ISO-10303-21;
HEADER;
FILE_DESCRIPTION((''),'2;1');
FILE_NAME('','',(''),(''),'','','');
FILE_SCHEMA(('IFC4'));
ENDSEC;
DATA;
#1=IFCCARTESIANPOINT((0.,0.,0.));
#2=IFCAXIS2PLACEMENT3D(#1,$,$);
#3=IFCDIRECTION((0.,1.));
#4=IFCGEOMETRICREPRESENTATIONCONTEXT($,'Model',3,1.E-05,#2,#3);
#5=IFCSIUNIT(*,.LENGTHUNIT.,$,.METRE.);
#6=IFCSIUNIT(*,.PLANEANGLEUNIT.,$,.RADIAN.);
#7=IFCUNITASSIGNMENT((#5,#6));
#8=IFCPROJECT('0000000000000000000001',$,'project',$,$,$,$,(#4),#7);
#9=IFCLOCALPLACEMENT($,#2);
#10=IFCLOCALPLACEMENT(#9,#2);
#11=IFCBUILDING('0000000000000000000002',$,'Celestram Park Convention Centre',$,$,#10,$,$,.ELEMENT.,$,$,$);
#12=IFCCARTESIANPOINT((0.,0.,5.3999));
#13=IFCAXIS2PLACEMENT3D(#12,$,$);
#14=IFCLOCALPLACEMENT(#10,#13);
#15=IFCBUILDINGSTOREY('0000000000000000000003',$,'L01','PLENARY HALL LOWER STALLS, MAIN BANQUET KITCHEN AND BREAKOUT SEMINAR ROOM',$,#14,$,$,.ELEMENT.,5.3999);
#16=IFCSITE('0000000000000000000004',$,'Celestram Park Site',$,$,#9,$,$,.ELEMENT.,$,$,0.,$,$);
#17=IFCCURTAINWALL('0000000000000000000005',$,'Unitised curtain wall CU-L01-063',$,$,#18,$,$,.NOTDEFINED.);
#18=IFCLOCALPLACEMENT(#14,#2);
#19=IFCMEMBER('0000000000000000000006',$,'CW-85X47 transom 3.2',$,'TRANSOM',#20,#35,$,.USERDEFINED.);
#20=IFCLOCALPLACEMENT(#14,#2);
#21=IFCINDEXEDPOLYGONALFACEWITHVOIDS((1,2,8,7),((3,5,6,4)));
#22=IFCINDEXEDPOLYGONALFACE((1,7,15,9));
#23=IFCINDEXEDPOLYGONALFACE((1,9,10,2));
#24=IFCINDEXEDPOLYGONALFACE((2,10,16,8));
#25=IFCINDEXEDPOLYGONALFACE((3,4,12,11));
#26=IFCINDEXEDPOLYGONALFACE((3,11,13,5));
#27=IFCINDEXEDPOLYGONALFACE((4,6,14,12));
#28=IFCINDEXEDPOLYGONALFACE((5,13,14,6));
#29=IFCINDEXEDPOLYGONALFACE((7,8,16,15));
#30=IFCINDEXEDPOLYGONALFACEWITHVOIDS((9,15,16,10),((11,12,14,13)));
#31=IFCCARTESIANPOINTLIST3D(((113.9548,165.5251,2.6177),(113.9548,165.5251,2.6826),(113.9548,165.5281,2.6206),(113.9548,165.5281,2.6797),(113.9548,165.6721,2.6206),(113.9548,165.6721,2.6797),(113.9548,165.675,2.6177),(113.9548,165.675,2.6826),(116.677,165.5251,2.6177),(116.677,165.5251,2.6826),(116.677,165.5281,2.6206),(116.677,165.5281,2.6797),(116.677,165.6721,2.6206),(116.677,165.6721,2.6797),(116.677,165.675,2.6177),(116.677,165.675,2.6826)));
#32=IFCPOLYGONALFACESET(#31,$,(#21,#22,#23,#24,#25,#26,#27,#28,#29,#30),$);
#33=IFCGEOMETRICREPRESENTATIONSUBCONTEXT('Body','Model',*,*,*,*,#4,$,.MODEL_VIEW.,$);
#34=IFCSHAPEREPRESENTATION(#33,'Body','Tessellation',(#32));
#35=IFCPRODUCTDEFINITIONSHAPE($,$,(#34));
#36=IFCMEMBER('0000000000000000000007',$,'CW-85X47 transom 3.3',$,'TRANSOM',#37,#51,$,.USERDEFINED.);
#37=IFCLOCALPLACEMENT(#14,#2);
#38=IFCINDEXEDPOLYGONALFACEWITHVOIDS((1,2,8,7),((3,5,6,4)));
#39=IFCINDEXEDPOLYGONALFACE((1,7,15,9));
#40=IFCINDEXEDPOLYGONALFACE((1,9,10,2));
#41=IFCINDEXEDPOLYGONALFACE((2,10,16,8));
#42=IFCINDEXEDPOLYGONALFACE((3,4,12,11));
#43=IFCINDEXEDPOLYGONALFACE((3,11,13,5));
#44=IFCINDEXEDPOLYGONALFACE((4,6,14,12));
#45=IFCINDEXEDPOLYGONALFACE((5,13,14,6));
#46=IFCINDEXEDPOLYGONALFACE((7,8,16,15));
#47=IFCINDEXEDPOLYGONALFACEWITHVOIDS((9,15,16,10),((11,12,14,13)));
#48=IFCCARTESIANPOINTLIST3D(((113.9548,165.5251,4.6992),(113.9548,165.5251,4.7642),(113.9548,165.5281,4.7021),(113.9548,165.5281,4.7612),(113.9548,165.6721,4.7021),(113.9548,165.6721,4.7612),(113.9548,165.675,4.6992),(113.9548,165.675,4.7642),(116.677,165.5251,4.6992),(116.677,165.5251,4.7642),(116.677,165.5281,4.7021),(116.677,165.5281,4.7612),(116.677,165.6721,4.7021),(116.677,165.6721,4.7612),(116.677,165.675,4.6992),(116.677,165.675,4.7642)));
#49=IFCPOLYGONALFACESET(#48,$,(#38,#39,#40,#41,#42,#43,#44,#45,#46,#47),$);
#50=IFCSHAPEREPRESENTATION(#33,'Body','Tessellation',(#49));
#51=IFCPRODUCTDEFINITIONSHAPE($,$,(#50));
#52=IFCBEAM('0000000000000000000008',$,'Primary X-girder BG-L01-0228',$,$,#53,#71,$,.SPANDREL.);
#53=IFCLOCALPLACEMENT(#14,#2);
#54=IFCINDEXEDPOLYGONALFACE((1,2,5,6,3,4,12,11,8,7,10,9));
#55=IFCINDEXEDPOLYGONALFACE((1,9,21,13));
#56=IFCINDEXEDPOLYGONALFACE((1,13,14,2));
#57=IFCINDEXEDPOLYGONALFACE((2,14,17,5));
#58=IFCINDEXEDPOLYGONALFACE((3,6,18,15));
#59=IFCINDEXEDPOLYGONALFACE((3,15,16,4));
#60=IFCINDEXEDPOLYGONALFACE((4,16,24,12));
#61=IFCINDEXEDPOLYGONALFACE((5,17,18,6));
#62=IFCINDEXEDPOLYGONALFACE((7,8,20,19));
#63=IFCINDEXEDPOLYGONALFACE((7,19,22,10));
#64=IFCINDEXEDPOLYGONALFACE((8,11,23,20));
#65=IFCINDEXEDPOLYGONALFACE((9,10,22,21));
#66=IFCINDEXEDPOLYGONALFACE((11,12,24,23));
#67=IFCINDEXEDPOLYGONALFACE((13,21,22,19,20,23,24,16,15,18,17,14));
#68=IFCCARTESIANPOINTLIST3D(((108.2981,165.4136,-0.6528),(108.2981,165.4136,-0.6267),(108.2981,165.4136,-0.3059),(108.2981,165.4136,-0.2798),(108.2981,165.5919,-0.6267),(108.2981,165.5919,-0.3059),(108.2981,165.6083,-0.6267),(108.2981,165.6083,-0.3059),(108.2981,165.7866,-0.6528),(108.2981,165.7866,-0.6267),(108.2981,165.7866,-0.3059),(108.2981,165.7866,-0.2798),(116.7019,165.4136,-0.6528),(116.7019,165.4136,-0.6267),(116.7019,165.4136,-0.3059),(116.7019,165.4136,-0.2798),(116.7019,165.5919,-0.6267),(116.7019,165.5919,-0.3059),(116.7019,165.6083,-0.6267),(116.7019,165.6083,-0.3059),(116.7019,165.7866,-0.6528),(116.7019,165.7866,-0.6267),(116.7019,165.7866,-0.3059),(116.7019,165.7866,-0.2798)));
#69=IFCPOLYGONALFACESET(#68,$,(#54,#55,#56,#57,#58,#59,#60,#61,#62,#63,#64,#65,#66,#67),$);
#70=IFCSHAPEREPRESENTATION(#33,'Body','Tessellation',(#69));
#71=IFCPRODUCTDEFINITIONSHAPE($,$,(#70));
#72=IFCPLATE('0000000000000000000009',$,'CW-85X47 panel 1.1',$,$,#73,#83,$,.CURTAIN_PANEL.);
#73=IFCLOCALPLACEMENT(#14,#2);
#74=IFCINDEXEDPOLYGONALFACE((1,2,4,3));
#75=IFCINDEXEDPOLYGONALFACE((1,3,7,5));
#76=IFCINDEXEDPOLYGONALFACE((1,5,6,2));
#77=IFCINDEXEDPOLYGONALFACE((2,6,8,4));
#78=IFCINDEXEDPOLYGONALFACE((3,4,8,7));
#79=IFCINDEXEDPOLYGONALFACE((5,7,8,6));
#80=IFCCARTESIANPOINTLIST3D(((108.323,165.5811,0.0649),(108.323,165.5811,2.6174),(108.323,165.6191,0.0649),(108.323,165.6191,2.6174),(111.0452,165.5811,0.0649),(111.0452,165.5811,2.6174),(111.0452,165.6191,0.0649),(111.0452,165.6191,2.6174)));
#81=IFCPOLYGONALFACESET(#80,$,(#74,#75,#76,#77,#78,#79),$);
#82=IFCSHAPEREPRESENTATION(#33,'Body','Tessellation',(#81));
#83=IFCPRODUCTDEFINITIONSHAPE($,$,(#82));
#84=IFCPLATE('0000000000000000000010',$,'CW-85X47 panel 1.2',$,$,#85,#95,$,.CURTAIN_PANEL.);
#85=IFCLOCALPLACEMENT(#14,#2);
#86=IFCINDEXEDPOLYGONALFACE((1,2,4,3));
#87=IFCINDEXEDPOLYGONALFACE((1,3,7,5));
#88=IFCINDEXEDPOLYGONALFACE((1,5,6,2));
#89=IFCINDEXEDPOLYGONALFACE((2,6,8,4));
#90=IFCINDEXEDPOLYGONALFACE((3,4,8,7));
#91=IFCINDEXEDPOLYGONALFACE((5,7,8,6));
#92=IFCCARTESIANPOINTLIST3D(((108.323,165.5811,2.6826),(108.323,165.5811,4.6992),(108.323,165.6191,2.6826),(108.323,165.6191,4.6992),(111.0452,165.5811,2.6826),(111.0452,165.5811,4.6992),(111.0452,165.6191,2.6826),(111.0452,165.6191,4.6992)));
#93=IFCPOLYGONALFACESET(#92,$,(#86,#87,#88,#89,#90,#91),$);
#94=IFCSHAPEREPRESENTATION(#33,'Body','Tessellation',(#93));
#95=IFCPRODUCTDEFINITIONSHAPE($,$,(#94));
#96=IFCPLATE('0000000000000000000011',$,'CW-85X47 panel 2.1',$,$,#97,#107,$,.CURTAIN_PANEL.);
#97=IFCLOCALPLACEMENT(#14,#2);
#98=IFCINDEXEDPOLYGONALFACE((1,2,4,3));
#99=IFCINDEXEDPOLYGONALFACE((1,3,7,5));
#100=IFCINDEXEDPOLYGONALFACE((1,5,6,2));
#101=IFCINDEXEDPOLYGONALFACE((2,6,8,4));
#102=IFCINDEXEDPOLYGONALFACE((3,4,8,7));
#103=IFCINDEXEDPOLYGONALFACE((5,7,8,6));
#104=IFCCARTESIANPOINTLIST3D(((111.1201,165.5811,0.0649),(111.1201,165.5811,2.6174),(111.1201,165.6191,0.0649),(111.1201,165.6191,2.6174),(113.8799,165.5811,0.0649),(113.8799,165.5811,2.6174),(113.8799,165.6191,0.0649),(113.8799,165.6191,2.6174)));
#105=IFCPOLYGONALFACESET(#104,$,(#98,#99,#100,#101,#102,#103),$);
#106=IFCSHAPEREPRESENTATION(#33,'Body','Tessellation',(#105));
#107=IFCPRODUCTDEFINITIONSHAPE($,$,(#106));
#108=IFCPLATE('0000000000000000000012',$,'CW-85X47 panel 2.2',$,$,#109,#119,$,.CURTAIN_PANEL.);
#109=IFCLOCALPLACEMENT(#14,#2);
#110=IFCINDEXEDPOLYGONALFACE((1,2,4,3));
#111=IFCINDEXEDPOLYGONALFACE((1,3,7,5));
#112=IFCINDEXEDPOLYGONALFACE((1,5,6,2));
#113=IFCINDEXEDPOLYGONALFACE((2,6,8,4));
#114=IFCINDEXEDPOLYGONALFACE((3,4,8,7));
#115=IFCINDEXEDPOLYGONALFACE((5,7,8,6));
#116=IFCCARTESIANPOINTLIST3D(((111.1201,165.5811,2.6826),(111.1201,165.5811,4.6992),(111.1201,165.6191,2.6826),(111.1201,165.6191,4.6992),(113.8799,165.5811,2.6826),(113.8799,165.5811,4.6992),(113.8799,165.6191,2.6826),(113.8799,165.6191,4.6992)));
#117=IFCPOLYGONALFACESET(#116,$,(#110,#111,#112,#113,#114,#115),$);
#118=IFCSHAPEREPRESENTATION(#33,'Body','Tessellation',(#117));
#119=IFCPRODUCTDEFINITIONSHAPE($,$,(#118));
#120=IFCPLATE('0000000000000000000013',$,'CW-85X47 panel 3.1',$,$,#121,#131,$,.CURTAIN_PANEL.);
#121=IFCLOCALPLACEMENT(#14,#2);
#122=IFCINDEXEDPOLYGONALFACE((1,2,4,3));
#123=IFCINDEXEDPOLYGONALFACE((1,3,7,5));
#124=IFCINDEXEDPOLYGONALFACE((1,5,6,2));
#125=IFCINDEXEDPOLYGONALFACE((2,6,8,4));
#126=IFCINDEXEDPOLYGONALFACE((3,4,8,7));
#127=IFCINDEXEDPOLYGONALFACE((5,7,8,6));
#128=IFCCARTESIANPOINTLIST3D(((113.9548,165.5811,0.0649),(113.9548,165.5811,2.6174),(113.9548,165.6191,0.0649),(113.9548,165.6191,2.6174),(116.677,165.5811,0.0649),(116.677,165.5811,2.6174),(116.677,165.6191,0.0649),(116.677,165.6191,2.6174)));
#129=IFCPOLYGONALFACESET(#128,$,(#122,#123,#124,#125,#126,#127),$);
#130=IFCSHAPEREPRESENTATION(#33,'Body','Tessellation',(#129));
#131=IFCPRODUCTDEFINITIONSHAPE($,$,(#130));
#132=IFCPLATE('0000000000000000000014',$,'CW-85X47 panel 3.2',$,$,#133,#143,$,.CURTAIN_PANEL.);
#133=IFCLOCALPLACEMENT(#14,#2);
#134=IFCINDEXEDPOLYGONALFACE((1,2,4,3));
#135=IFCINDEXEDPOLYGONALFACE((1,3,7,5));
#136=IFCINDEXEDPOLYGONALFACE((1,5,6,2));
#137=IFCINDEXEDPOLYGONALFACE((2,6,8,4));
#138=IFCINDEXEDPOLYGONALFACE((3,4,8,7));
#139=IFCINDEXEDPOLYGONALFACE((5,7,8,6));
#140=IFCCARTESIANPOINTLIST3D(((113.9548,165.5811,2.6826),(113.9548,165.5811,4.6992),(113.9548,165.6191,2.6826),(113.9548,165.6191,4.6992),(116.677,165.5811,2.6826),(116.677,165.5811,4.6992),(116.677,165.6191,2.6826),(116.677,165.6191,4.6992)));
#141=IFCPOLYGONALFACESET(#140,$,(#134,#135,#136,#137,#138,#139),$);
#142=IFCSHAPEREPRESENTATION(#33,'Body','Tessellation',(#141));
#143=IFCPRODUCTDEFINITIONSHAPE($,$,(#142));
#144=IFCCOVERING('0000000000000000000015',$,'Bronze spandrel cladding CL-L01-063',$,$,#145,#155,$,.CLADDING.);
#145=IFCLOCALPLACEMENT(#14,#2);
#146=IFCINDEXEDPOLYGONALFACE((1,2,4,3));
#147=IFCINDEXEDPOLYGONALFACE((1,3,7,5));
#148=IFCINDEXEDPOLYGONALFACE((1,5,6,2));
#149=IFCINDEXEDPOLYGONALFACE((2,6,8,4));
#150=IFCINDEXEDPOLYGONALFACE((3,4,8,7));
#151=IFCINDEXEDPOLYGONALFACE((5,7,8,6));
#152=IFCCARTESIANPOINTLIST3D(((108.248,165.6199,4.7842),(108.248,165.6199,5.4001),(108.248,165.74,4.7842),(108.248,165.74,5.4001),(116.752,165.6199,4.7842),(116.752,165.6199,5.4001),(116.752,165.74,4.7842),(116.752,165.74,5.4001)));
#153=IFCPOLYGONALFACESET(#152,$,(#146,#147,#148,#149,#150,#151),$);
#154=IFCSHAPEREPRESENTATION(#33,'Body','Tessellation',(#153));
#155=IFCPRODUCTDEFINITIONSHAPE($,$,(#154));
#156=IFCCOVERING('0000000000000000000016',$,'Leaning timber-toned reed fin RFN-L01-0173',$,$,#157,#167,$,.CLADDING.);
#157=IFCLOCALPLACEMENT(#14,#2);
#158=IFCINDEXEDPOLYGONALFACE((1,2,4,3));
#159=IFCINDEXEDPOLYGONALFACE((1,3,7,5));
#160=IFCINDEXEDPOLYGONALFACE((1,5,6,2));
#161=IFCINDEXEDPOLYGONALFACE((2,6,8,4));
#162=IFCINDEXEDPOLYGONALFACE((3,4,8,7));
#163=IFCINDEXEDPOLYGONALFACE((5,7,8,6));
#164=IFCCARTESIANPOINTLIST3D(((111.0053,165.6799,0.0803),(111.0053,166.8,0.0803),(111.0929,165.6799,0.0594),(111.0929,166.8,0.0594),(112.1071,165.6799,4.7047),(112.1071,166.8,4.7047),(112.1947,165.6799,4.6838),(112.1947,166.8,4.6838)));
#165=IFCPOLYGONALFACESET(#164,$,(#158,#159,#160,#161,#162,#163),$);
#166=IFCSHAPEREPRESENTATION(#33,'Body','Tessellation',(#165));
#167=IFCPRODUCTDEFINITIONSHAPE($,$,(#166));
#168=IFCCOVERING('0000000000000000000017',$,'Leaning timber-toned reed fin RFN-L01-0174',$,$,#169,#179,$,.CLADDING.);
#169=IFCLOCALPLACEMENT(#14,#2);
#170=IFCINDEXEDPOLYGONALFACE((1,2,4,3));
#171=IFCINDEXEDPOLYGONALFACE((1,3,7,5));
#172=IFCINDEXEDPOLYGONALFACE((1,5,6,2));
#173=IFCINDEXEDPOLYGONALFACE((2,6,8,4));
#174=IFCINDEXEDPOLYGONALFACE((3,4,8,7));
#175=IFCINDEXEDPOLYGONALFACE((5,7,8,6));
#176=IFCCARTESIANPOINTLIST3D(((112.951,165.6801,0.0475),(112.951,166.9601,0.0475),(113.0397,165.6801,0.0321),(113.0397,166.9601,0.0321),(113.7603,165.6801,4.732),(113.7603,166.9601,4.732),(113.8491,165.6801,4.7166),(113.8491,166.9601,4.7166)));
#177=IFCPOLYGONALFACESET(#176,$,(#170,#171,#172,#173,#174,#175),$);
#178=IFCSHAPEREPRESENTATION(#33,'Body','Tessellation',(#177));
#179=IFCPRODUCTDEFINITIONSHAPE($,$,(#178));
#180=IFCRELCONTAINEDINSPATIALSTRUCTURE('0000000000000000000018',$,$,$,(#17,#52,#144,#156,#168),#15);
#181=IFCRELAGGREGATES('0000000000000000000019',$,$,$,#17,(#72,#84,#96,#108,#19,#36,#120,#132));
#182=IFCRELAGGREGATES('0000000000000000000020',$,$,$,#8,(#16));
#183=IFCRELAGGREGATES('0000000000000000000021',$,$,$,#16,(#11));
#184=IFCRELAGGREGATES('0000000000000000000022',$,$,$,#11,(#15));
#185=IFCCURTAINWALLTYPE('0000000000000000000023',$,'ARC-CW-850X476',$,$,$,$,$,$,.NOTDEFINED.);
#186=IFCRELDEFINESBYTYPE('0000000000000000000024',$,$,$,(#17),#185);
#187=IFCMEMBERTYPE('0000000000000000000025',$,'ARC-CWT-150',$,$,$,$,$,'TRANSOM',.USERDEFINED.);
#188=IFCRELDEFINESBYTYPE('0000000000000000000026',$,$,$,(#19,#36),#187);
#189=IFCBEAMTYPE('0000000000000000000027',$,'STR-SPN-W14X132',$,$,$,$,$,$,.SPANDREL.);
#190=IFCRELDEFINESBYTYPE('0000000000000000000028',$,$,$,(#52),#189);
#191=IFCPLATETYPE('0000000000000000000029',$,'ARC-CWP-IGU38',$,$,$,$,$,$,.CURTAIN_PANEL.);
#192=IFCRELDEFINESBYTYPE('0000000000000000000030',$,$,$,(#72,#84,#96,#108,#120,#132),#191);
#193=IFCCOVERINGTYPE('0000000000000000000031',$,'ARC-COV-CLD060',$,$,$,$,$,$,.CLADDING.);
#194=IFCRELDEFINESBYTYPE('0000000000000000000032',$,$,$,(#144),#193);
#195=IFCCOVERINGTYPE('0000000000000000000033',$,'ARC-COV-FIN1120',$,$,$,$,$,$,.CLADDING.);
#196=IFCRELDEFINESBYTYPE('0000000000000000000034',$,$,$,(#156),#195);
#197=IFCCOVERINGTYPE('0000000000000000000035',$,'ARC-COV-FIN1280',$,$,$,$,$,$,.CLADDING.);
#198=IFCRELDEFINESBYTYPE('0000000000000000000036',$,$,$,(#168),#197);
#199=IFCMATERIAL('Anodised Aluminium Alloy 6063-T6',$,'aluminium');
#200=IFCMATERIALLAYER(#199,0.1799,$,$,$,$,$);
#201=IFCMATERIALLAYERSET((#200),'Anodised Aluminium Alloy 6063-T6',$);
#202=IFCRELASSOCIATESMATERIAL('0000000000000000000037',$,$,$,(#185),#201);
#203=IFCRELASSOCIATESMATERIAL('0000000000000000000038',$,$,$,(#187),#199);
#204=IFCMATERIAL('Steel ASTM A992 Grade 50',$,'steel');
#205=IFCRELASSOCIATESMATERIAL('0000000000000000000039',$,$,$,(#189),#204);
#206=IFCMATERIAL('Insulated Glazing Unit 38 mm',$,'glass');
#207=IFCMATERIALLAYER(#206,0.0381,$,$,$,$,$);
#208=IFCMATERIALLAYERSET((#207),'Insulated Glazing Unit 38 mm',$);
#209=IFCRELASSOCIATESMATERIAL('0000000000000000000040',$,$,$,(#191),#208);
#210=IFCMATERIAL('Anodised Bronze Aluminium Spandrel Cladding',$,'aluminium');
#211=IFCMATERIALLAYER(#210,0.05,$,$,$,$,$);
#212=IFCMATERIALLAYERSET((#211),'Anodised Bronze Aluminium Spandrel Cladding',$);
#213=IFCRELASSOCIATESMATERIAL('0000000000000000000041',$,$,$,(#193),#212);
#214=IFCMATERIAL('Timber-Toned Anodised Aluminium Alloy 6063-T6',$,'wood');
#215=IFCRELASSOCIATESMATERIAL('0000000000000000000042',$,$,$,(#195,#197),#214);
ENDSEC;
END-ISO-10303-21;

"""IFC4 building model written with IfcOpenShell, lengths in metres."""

from ifc_helpers import new_model, si_unit, direction, frame, origin, origin_2d, place, context, subcontext, project, spatial, rectangle, hollow_rectangle, i_section, extrude, material, layer, layer_set, material_profile, profile_set, type_object, element, aggregate, save


model = new_model("IFC4")

# Units and contexts
model_context = context("Model", 3, precision=1e-05, world=origin(), true_north=direction((0.0, 1.0)))
body_context = subcontext(model_context, "Body", "Model", "MODEL_VIEW")
ifc_project = project(units=[si_unit("LENGTHUNIT", "METRE"), si_unit("PLANEANGLEUNIT", "RADIAN")], contexts=[model_context])

# Site, building, storey
site_placement = place(None, origin())
site = spatial("IfcSite", under=ifc_project, at=site_placement, Name="Celestram Park Site", CompositionType="ELEMENT", RefElevation=0.0)
building_placement = place(site_placement, origin())
building = spatial("IfcBuilding", under=site, at=building_placement, Name="Celestram Park Convention Centre", CompositionType="ELEMENT")
storey_placement = place(building_placement, frame((0.0, 0.0, 5.3999)))
storey = spatial("IfcBuildingStorey", under=building, at=storey_placement, Name="L01", Description="PLENARY HALL LOWER STALLS, MAIN BANQUET KITCHEN AND BREAKOUT SEMINAR ROOM", CompositionType="ELEMENT", Elevation=5.3999)

# Curtain wall, members
ifc_material_1 = material(Name="Anodised Aluminium Alloy 6063-T6", Category="aluminium")
ifc_layer_1 = layer(ifc_material_1, 0.1799)
ifc_layer_set_1 = layer_set([ifc_layer_1], Name="Anodised Aluminium Alloy 6063-T6")
curtain_wall_type = type_object("IfcCurtainWallType", Name="ARC-CW-850X476", PredefinedType="NOTDEFINED", material=ifc_layer_set_1)
curtain_wall_placement = place(storey_placement, origin())
curtain_wall = element("IfcCurtainWall", 1, at=curtain_wall_placement, inside=storey, type_object=curtain_wall_type, Name="Unitised curtain wall CU-L01-063", PredefinedType="NOTDEFINED")
ifc_material_profile_1 = material_profile(ifc_material_1, hollow_rectangle(XDim=0.1499, YDim=0.0649, WallThickness=0.0029, at=origin_2d()), Name="ALU150X65X3")
ifc_profile_set_1 = profile_set([ifc_material_profile_1], Name="Anodised Aluminium Alloy 6063-T6")
member_type_1 = type_object("IfcMemberType", Name="ARC-CWT-150", ElementType="TRANSOM", PredefinedType="USERDEFINED", material=ifc_profile_set_1)
member_1_placement = place(storey_placement, frame((113.9548, 165.6001, 2.6501), z_axis=(1.0, 0.0, 0.0), x_axis=(0.0, 1.0, 0.0)))
member_1 = element("IfcMember", 2, at=member_1_placement, type_object=member_type_1, Name="CW-85X47 transom 3.2", ObjectType="TRANSOM", PredefinedType="USERDEFINED", context=body_context, shape_type="SweptSolid", body=[
    extrude(hollow_rectangle(XDim=0.1499, YDim=0.0649, WallThickness=0.0029, at=origin_2d()), origin(), (0.0, 0.0, 1.0), 2.7222),
])
member_2_placement = place(storey_placement, frame((113.9548, 165.6001, 4.7317), z_axis=(1.0, 0.0, 0.0), x_axis=(0.0, 1.0, 0.0)))
member_2 = element("IfcMember", 3, at=member_2_placement, type_object=member_type_1, Name="CW-85X47 transom 3.3", ObjectType="TRANSOM", PredefinedType="USERDEFINED", context=body_context, shape_type="SweptSolid", body=[
    extrude(hollow_rectangle(XDim=0.1499, YDim=0.0649, WallThickness=0.0029, at=origin_2d()), origin(), (0.0, 0.0, 1.0), 2.7222),
])

# Beam
ifc_material_2 = material(Name="Steel ASTM A992 Grade 50", Category="steel")
ifc_material_profile_2 = material_profile(ifc_material_2, i_section(OverallWidth=0.373, OverallDepth=0.373, WebThickness=0.0164, FlangeThickness=0.0261, at=origin_2d()), Name="W14X132")
ifc_profile_set_2 = profile_set([ifc_material_profile_2], Name="Steel ASTM A992 Grade 50")
beam_type = type_object("IfcBeamType", Name="STR-SPN-W14X132", PredefinedType="SPANDREL", material=ifc_profile_set_2)
beam_placement = place(storey_placement, frame((108.2981, 165.6001, -0.4663), z_axis=(1.0, 0.0, 0.0), x_axis=(0.0, 1.0, 0.0)))
element("IfcBeam", 4, at=beam_placement, inside=storey, type_object=beam_type, Name="Primary X-girder BG-L01-0228", PredefinedType="SPANDREL", context=body_context, shape_type="SweptSolid", body=[
    extrude(i_section(OverallWidth=0.373, OverallDepth=0.373, WebThickness=0.0164, FlangeThickness=0.0261, at=origin_2d()), origin(), (0.0, 0.0, 1.0), 8.4038),
])

# Plates
ifc_material_3 = material(Name="Insulated Glazing Unit 38 mm", Category="glass")
ifc_layer_2 = layer(ifc_material_3, 0.0381)
ifc_layer_set_2 = layer_set([ifc_layer_2], Name="Insulated Glazing Unit 38 mm")
plate_type = type_object("IfcPlateType", Name="ARC-CWP-IGU38", PredefinedType="CURTAIN_PANEL", material=ifc_layer_set_2)
plate_1_placement = place(storey_placement, frame((109.6841, 165.6001, 0.0649), z_axis=(0.0, 0.0, 1.0), x_axis=(1.0, 0.0, 0.0)))
plate_1 = element("IfcPlate", 5, at=plate_1_placement, type_object=plate_type, Name="CW-85X47 panel 1.1", PredefinedType="CURTAIN_PANEL", context=body_context, shape_type="SweptSolid", body=[
    extrude(rectangle(XDim=2.7222, YDim=0.0381, at=origin_2d()), origin(), (0.0, 0.0, 1.0), 2.5525),
])
plate_2_placement = place(storey_placement, frame((109.6841, 165.6001, 2.6826), z_axis=(0.0, 0.0, 1.0), x_axis=(1.0, 0.0, 0.0)))
plate_2 = element("IfcPlate", 6, at=plate_2_placement, type_object=plate_type, Name="CW-85X47 panel 1.2", PredefinedType="CURTAIN_PANEL", context=body_context, shape_type="SweptSolid", body=[
    extrude(rectangle(XDim=2.7222, YDim=0.0381, at=origin_2d()), origin(), (0.0, 0.0, 1.0), 2.0166),
])
plate_3_placement = place(storey_placement, frame((112.5, 165.6001, 0.0649), z_axis=(0.0, 0.0, 1.0), x_axis=(1.0, 0.0, 0.0)))
plate_3 = element("IfcPlate", 7, at=plate_3_placement, type_object=plate_type, Name="CW-85X47 panel 2.1", PredefinedType="CURTAIN_PANEL", context=body_context, shape_type="SweptSolid", body=[
    extrude(rectangle(XDim=2.7598, YDim=0.0381, at=origin_2d()), origin(), (0.0, 0.0, 1.0), 2.5525),
])
plate_4_placement = place(storey_placement, frame((112.5, 165.6001, 2.6826), z_axis=(0.0, 0.0, 1.0), x_axis=(1.0, 0.0, 0.0)))
plate_4 = element("IfcPlate", 8, at=plate_4_placement, type_object=plate_type, Name="CW-85X47 panel 2.2", PredefinedType="CURTAIN_PANEL", context=body_context, shape_type="SweptSolid", body=[
    extrude(rectangle(XDim=2.7598, YDim=0.0381, at=origin_2d()), origin(), (0.0, 0.0, 1.0), 2.0166),
])
plate_5_placement = place(storey_placement, frame((115.3159, 165.6001, 0.0649), z_axis=(0.0, 0.0, 1.0), x_axis=(1.0, 0.0, 0.0)))
plate_5 = element("IfcPlate", 9, at=plate_5_placement, type_object=plate_type, Name="CW-85X47 panel 3.1", PredefinedType="CURTAIN_PANEL", context=body_context, shape_type="SweptSolid", body=[
    extrude(rectangle(XDim=2.7222, YDim=0.0381, at=origin_2d()), origin(), (0.0, 0.0, 1.0), 2.5525),
])
plate_6_placement = place(storey_placement, frame((115.3159, 165.6001, 2.6826), z_axis=(0.0, 0.0, 1.0), x_axis=(1.0, 0.0, 0.0)))
plate_6 = element("IfcPlate", 10, at=plate_6_placement, type_object=plate_type, Name="CW-85X47 panel 3.2", PredefinedType="CURTAIN_PANEL", context=body_context, shape_type="SweptSolid", body=[
    extrude(rectangle(XDim=2.7222, YDim=0.0381, at=origin_2d()), origin(), (0.0, 0.0, 1.0), 2.0166),
])
aggregate(curtain_wall, [plate_1, plate_2, plate_3, plate_4, member_1, member_2, plate_5, plate_6])

# Coverings
ifc_material_4 = material(Name="Anodised Bronze Aluminium Spandrel Cladding", Category="aluminium")
ifc_layer_3 = layer(ifc_material_4, 0.05)
ifc_layer_set_3 = layer_set([ifc_layer_3], Name="Anodised Bronze Aluminium Spandrel Cladding")
covering_type_1 = type_object("IfcCoveringType", Name="ARC-COV-CLD060", PredefinedType="CLADDING", material=ifc_layer_set_3)
covering_1_placement = place(storey_placement, frame((112.5, 165.6799, 4.7842), z_axis=(0.0, 0.0, 1.0), x_axis=(1.0, 0.0, 0.0)))
element("IfcCovering", 11, at=covering_1_placement, inside=storey, type_object=covering_type_1, Name="Bronze spandrel cladding CL-L01-063", PredefinedType="CLADDING", context=body_context, shape_type="SweptSolid", body=[
    extrude(rectangle(XDim=8.5039, YDim=0.1201, at=origin_2d()), origin(), (0.0, 0.0, 1.0), 0.616),
])
ifc_material_5 = material(Name="Timber-Toned Anodised Aluminium Alloy 6063-T6", Category="wood")
ifc_material_profile_3 = material_profile(ifc_material_5, rectangle(XDim=1.1201, YDim=0.0901, at=origin_2d()), Name="REED1120X90")
ifc_profile_set_3 = profile_set([ifc_material_profile_3], Name="Timber-Toned Anodised Aluminium Alloy 6063-T6")
covering_type_2 = type_object("IfcCoveringType", Name="ARC-COV-FIN1120", PredefinedType="CLADDING", material=ifc_profile_set_3)
covering_2_placement = place(storey_placement, frame((111.0491, 166.24, 0.0698), z_axis=(0.231766, 0.0, 0.972771), x_axis=(0.0, 1.0, 0.0)))
element("IfcCovering", 12, at=covering_2_placement, inside=storey, type_object=covering_type_2, Name="Leaning timber-toned reed fin RFN-L01-0173", PredefinedType="CLADDING", context=body_context, shape_type="SweptSolid", body=[
    extrude(rectangle(XDim=1.1201, YDim=0.0901, at=origin_2d()), origin(), (0.0, 0.0, 1.0), 4.7539),
])
ifc_material_profile_4 = material_profile(ifc_material_5, rectangle(XDim=1.28, YDim=0.0901, at=origin_2d()), Name="REED1280X90")
ifc_profile_set_4 = profile_set([ifc_material_profile_4], Name="Timber-Toned Anodised Aluminium Alloy 6063-T6")
covering_type_3 = type_object("IfcCoveringType", Name="ARC-COV-FIN1280", PredefinedType="CLADDING", material=ifc_profile_set_4)
covering_3_placement = place(storey_placement, frame((112.9954, 166.3201, 0.0398), z_axis=(0.170242, 0.0, 0.985402), x_axis=(0.0, 1.0, 0.0)))
element("IfcCovering", 13, at=covering_3_placement, inside=storey, type_object=covering_type_3, Name="Leaning timber-toned reed fin RFN-L01-0174", PredefinedType="CLADDING", context=body_context, shape_type="SweptSolid", body=[
    extrude(rectangle(XDim=1.28, YDim=0.0901, at=origin_2d()), origin(), (0.0, 0.0, 1.0), 4.7539),
])

save(model, "model.ifc")
